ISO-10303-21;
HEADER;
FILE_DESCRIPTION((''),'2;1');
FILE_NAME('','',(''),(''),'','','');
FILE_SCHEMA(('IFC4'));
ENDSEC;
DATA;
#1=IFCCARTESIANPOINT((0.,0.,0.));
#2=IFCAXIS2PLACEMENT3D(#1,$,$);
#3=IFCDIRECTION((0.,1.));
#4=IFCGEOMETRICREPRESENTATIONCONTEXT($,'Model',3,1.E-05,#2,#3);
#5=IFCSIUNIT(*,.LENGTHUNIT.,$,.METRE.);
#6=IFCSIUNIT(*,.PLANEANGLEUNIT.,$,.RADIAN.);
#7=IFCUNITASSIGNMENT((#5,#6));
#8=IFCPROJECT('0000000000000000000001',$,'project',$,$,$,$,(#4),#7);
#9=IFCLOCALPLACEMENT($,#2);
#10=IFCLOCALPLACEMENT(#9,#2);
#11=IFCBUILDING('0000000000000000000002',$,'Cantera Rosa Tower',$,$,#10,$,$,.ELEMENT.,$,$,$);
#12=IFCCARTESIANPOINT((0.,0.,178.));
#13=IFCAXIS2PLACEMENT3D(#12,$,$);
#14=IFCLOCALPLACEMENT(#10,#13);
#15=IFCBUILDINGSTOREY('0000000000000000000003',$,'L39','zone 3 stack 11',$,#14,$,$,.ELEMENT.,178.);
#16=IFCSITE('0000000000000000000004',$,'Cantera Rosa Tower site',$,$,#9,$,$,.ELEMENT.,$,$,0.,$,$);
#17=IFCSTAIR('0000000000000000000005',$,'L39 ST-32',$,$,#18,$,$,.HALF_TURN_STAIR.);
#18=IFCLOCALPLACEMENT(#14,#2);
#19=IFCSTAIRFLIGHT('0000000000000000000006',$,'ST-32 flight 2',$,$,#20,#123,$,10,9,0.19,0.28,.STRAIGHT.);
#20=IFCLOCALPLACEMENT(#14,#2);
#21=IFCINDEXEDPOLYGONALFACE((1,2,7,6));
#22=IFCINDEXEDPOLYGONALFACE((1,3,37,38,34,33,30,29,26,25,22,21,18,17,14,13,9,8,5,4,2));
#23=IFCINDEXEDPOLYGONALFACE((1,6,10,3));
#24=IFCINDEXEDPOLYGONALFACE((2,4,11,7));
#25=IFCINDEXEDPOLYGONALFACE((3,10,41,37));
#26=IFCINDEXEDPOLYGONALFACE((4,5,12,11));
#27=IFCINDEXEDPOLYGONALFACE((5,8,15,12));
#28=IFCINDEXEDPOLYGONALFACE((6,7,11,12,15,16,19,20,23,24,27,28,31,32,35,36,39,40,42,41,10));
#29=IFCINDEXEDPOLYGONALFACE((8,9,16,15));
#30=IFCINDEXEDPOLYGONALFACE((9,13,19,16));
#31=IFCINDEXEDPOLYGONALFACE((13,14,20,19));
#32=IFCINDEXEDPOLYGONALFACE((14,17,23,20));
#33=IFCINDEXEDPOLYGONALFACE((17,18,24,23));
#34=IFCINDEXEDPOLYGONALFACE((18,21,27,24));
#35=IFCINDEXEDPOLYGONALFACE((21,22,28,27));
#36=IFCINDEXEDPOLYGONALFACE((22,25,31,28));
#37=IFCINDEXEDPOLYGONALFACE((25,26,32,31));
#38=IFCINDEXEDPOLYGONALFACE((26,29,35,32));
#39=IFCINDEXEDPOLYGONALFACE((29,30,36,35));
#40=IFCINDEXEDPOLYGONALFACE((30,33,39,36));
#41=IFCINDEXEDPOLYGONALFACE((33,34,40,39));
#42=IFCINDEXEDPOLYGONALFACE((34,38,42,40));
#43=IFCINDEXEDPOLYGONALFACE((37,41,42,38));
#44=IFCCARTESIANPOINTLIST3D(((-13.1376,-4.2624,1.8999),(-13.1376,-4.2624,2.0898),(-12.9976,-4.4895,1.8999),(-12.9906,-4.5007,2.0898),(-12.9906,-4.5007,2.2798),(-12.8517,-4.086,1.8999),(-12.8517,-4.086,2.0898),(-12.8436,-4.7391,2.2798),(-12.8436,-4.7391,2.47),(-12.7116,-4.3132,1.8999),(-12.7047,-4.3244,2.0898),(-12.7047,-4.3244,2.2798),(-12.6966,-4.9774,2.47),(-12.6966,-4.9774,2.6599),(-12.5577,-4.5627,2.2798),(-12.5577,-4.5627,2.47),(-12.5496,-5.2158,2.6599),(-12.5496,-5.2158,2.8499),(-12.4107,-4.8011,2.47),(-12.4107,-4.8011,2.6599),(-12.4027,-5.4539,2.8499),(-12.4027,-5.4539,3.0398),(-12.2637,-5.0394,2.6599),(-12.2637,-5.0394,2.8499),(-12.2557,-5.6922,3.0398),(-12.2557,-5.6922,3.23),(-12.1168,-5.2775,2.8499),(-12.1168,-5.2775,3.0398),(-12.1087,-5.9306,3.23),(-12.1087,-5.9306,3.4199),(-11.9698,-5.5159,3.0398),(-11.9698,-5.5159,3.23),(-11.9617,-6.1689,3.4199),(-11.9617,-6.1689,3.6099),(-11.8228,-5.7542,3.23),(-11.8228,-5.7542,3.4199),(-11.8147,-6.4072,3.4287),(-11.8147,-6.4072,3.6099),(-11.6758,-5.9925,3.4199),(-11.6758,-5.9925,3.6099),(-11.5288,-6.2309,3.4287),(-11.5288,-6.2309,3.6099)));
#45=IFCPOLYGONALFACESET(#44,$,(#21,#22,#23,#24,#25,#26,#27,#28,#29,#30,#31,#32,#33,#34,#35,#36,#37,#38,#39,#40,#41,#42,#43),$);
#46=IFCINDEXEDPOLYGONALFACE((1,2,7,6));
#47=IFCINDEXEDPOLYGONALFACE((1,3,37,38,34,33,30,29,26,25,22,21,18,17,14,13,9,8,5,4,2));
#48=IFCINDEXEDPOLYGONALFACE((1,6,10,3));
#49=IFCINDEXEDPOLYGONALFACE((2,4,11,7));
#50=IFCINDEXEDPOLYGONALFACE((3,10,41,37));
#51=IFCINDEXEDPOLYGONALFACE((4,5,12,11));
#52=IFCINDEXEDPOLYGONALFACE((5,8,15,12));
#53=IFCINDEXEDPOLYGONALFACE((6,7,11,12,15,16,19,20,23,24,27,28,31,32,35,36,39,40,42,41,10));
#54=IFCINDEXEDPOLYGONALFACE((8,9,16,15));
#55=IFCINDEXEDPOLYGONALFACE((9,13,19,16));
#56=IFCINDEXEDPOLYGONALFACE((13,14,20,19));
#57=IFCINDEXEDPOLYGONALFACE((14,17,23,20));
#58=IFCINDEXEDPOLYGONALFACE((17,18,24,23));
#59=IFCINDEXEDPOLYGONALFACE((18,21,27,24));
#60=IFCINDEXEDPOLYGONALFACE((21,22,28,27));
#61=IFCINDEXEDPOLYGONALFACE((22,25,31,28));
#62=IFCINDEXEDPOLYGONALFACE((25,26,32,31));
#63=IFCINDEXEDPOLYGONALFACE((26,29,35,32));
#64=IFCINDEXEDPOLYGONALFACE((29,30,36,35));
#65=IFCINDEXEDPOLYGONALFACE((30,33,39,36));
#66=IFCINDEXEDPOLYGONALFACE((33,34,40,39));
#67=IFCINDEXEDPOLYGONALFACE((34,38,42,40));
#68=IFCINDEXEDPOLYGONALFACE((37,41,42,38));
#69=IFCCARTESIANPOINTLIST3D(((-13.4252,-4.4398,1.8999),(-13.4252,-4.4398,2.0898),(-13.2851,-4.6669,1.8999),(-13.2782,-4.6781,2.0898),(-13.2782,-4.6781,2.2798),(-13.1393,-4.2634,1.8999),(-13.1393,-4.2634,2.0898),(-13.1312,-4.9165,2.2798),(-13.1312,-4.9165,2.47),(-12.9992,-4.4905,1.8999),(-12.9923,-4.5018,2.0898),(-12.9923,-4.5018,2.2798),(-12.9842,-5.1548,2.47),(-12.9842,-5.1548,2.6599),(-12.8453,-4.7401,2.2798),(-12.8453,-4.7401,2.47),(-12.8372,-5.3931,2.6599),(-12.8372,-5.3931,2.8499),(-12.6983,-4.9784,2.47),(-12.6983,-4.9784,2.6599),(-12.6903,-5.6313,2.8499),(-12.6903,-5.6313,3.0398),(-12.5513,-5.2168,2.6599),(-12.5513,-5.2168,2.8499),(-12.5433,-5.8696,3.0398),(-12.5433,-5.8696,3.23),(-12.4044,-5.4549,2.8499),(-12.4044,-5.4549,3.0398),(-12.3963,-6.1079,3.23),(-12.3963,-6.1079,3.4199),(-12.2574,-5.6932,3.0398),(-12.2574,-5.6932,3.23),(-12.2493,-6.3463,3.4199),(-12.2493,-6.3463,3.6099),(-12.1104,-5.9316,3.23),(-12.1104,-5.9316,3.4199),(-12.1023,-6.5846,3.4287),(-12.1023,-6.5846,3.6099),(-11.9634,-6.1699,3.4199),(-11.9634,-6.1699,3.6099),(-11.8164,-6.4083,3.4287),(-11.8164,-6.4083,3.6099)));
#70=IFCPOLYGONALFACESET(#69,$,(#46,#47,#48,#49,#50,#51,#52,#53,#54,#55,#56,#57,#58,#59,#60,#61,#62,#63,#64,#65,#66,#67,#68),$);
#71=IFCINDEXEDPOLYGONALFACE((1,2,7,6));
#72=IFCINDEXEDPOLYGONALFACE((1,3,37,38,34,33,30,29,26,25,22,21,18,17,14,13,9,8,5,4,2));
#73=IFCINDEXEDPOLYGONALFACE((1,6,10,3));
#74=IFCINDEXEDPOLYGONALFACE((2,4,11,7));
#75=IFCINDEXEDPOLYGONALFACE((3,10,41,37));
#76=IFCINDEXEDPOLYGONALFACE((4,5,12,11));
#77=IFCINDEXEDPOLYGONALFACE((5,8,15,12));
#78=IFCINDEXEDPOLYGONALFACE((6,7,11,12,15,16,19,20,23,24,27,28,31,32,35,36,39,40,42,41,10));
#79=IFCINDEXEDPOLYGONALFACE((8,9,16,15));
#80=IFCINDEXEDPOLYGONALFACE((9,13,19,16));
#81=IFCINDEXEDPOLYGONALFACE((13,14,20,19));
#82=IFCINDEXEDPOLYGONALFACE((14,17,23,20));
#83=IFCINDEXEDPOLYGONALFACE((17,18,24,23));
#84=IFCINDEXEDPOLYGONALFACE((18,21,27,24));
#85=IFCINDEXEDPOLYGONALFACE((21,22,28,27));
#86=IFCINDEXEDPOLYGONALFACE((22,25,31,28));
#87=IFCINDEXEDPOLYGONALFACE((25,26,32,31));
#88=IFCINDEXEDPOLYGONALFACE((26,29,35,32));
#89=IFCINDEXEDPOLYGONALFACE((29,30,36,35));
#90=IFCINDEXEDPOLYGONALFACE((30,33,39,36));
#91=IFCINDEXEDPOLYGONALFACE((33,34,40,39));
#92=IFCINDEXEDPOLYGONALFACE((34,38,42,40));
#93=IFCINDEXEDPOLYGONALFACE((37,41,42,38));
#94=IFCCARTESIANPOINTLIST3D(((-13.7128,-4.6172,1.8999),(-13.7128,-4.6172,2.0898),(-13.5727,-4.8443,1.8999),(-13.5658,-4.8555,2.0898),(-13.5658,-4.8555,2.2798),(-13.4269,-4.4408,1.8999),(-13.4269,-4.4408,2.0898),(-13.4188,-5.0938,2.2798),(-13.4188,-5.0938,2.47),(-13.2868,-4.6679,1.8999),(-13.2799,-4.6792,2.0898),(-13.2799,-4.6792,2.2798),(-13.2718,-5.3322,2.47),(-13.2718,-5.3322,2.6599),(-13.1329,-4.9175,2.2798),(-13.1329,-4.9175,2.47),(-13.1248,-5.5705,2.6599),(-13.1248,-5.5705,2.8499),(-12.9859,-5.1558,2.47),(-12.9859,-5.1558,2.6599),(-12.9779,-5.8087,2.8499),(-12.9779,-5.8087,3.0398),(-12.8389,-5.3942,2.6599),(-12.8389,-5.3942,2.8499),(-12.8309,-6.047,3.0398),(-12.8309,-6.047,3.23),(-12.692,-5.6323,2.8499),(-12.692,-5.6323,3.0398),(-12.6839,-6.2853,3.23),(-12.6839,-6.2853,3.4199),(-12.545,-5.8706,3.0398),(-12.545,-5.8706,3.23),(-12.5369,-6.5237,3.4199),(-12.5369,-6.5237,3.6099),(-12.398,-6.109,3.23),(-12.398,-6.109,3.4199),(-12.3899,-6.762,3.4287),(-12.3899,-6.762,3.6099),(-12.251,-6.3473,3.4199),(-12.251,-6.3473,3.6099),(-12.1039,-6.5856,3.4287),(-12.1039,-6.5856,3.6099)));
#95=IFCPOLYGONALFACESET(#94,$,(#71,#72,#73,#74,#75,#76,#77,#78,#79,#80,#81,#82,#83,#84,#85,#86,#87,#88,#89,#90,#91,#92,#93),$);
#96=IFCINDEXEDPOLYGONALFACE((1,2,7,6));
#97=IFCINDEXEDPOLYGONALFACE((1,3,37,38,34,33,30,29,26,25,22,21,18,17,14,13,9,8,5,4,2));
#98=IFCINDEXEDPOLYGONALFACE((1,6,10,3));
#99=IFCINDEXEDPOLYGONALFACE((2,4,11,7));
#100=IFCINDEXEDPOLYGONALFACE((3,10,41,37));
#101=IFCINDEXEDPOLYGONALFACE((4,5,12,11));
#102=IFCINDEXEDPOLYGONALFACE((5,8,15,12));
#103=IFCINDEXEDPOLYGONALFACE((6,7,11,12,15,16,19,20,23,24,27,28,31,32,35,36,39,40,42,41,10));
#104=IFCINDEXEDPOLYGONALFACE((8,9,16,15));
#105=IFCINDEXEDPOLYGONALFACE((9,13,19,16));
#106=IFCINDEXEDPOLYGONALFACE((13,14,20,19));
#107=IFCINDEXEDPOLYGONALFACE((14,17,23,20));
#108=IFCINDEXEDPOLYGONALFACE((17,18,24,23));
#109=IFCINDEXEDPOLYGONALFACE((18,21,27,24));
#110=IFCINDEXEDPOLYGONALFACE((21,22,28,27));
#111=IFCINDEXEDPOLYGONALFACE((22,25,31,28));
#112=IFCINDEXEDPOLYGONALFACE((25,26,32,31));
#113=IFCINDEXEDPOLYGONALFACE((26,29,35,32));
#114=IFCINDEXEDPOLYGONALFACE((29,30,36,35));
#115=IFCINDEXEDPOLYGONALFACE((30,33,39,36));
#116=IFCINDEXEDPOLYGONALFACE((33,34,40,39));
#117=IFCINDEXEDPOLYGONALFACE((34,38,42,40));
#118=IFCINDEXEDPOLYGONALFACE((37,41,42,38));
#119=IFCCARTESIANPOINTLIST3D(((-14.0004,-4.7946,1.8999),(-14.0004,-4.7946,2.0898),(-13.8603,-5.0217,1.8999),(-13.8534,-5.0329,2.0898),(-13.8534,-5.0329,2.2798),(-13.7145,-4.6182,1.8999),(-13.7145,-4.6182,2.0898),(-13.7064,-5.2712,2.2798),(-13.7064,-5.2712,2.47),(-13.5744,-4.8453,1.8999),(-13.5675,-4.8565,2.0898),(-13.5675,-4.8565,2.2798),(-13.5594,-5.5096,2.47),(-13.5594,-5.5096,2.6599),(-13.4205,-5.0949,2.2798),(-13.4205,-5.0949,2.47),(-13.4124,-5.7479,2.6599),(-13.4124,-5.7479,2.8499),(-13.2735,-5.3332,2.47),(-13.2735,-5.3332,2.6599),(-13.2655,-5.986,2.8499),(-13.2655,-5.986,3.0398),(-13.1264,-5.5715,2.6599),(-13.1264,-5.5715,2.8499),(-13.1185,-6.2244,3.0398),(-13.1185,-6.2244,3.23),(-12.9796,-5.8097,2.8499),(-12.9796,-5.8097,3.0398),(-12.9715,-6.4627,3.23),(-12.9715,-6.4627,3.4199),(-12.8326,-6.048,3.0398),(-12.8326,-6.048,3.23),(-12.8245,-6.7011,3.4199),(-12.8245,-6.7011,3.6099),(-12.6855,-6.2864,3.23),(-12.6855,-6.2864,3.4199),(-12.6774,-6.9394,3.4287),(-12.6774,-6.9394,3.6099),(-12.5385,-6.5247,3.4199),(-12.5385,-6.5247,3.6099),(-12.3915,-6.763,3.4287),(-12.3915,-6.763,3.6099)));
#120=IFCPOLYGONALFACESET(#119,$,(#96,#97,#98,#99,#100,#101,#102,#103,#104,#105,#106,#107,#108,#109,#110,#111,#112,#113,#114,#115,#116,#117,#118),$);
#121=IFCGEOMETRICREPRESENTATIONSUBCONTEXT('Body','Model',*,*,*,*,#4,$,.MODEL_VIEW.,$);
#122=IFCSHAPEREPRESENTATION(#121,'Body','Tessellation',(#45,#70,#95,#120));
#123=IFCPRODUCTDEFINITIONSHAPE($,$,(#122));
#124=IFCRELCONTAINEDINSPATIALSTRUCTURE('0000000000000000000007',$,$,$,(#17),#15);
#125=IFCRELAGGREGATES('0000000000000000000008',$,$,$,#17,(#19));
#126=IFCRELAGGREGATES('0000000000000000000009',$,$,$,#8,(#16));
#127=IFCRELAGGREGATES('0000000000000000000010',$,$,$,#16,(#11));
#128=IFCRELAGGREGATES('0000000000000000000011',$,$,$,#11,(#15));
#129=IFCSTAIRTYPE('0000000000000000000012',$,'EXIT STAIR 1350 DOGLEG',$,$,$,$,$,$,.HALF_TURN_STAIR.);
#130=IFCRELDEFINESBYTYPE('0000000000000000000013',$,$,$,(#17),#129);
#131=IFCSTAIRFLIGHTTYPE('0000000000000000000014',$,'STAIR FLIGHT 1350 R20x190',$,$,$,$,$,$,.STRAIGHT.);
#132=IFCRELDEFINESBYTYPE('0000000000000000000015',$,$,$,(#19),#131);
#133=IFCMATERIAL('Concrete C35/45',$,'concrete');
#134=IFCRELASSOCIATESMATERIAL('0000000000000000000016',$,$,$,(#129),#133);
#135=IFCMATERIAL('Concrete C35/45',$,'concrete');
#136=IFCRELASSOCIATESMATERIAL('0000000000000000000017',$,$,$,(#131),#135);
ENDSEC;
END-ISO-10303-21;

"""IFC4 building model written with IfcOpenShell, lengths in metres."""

from ifc_helpers import new_model, si_unit, direction, frame, origin, place, context, subcontext, project, spatial, polyline, outline, extrude, material, type_object, element, aggregate, save


model = new_model("IFC4")

# Units and contexts
model_context = context("Model", 3, precision=1e-05, world=origin(), true_north=direction((0.0, 1.0)))
body_context = subcontext(model_context, "Body", "Model", "MODEL_VIEW")
ifc_project = project(units=[si_unit("LENGTHUNIT", "METRE"), si_unit("PLANEANGLEUNIT", "RADIAN")], contexts=[model_context])

# Site, building, storey
site_placement = place(None, origin())
site = spatial("IfcSite", under=ifc_project, at=site_placement, Name="Cantera Rosa Tower site", CompositionType="ELEMENT", RefElevation=0.0)
building_placement = place(site_placement, origin())
building = spatial("IfcBuilding", under=site, at=building_placement, Name="Cantera Rosa Tower", CompositionType="ELEMENT")
storey_placement = place(building_placement, frame((0.0, 0.0, 178.0)))
storey = spatial("IfcBuildingStorey", under=building, at=storey_placement, Name="L39", Description="zone 3 stack 11", CompositionType="ELEMENT", Elevation=178.0)

# Stair, stair flight
ifc_material_1 = material(Name="Concrete C35/45", Category="concrete")
stair_type = type_object("IfcStairType", Name="EXIT STAIR 1350 DOGLEG", PredefinedType="HALF_TURN_STAIR", material=ifc_material_1)
stair_1_placement = place(storey_placement, origin())
stair_1 = element("IfcStair", 1, at=stair_1_placement, inside=storey, type_object=stair_type, Name="L39 ST-32", PredefinedType="HALF_TURN_STAIR")
ifc_material_2 = material(Name="Concrete C35/45", Category="concrete")
stair_flight_type = type_object("IfcStairFlightType", Name="STAIR FLIGHT 1350 R20x190", PredefinedType="STRAIGHT", material=ifc_material_2)
stair_flight_1_placement = place(storey_placement, frame((-13.4263, -4.4404, 1.8999), z_axis=(0.0, 0.0, 1.0), x_axis=(0.524977, -0.851117, 0.0)))
stair_flight_1 = element("IfcStairFlight", 2, at=stair_flight_1_placement, type_object=stair_flight_type, Name="ST-32 flight 2", NumberOfRisers=10, NumberOfTreads=9, PredefinedType="STRAIGHT", RiserHeight=0.19, TreadLength=0.28, context=body_context, shape_type="SweptSolid", body=[
    extrude(outline(polyline([(0.0, 0.0), (0.0, 0.1899), (0.28, 0.1899), (0.28, 0.3799), (0.5601, 0.3799), (0.5601, 0.5701), (0.8401, 0.5701), (0.8401, 0.76), (1.1201, 0.76), (1.1201, 0.95), (1.3999, 0.95), (1.3999, 1.1399), (1.6799, 1.1399), (1.6799, 1.3301), (1.96, 1.3301), (1.96, 1.52), (2.24, 1.52), (2.24, 1.71), (2.52, 1.71), (2.52, 1.8999), (2.52, 1.5288), (0.2668, 0.0), (0.0, 0.0)])), frame((0.0, 0.675, 0.0), z_axis=(0.0, -1.0, 0.0), x_axis=(1.0, 0.0, 0.0)), (0.0, 0.0, 1.0), 0.3359),
    extrude(outline(polyline([(0.0, 0.0), (0.0, 0.1899), (0.28, 0.1899), (0.28, 0.3799), (0.5601, 0.3799), (0.5601, 0.5701), (0.8401, 0.5701), (0.8401, 0.76), (1.1201, 0.76), (1.1201, 0.95), (1.3999, 0.95), (1.3999, 1.1399), (1.6799, 1.1399), (1.6799, 1.3301), (1.96, 1.3301), (1.96, 1.52), (2.24, 1.52), (2.24, 1.71), (2.52, 1.71), (2.52, 1.8999), (2.52, 1.5288), (0.2668, 0.0), (0.0, 0.0)])), frame((0.0, 0.3372, 0.0), z_axis=(0.0, -1.0, 0.0), x_axis=(1.0, 0.0, 0.0)), (0.0, 0.0, 1.0), 0.3359),
    extrude(outline(polyline([(0.0, 0.0), (0.0, 0.1899), (0.28, 0.1899), (0.28, 0.3799), (0.5601, 0.3799), (0.5601, 0.5701), (0.8401, 0.5701), (0.8401, 0.76), (1.1201, 0.76), (1.1201, 0.95), (1.3999, 0.95), (1.3999, 1.1399), (1.6799, 1.1399), (1.6799, 1.3301), (1.96, 1.3301), (1.96, 1.52), (2.24, 1.52), (2.24, 1.71), (2.52, 1.71), (2.52, 1.8999), (2.52, 1.5288), (0.2668, 0.0), (0.0, 0.0)])), frame((0.0, -0.0007, 0.0), z_axis=(0.0, -1.0, 0.0), x_axis=(1.0, 0.0, 0.0)), (0.0, 0.0, 1.0), 0.3359),
    extrude(outline(polyline([(0.0, 0.0), (0.0, 0.1899), (0.28, 0.1899), (0.28, 0.3799), (0.5601, 0.3799), (0.5601, 0.5701), (0.8401, 0.5701), (0.8401, 0.76), (1.1201, 0.76), (1.1201, 0.95), (1.3999, 0.95), (1.3999, 1.1399), (1.6799, 1.1399), (1.6799, 1.3301), (1.96, 1.3301), (1.96, 1.52), (2.24, 1.52), (2.24, 1.71), (2.52, 1.71), (2.52, 1.8999), (2.52, 1.5288), (0.2668, 0.0), (0.0, 0.0)])), frame((0.0, -0.3386, 0.0), z_axis=(0.0, -1.0, 0.0), x_axis=(1.0, 0.0, 0.0)), (0.0, 0.0, 1.0), 0.3359),
])
aggregate(stair_1, [stair_flight_1])

save(model, "model.ifc")
